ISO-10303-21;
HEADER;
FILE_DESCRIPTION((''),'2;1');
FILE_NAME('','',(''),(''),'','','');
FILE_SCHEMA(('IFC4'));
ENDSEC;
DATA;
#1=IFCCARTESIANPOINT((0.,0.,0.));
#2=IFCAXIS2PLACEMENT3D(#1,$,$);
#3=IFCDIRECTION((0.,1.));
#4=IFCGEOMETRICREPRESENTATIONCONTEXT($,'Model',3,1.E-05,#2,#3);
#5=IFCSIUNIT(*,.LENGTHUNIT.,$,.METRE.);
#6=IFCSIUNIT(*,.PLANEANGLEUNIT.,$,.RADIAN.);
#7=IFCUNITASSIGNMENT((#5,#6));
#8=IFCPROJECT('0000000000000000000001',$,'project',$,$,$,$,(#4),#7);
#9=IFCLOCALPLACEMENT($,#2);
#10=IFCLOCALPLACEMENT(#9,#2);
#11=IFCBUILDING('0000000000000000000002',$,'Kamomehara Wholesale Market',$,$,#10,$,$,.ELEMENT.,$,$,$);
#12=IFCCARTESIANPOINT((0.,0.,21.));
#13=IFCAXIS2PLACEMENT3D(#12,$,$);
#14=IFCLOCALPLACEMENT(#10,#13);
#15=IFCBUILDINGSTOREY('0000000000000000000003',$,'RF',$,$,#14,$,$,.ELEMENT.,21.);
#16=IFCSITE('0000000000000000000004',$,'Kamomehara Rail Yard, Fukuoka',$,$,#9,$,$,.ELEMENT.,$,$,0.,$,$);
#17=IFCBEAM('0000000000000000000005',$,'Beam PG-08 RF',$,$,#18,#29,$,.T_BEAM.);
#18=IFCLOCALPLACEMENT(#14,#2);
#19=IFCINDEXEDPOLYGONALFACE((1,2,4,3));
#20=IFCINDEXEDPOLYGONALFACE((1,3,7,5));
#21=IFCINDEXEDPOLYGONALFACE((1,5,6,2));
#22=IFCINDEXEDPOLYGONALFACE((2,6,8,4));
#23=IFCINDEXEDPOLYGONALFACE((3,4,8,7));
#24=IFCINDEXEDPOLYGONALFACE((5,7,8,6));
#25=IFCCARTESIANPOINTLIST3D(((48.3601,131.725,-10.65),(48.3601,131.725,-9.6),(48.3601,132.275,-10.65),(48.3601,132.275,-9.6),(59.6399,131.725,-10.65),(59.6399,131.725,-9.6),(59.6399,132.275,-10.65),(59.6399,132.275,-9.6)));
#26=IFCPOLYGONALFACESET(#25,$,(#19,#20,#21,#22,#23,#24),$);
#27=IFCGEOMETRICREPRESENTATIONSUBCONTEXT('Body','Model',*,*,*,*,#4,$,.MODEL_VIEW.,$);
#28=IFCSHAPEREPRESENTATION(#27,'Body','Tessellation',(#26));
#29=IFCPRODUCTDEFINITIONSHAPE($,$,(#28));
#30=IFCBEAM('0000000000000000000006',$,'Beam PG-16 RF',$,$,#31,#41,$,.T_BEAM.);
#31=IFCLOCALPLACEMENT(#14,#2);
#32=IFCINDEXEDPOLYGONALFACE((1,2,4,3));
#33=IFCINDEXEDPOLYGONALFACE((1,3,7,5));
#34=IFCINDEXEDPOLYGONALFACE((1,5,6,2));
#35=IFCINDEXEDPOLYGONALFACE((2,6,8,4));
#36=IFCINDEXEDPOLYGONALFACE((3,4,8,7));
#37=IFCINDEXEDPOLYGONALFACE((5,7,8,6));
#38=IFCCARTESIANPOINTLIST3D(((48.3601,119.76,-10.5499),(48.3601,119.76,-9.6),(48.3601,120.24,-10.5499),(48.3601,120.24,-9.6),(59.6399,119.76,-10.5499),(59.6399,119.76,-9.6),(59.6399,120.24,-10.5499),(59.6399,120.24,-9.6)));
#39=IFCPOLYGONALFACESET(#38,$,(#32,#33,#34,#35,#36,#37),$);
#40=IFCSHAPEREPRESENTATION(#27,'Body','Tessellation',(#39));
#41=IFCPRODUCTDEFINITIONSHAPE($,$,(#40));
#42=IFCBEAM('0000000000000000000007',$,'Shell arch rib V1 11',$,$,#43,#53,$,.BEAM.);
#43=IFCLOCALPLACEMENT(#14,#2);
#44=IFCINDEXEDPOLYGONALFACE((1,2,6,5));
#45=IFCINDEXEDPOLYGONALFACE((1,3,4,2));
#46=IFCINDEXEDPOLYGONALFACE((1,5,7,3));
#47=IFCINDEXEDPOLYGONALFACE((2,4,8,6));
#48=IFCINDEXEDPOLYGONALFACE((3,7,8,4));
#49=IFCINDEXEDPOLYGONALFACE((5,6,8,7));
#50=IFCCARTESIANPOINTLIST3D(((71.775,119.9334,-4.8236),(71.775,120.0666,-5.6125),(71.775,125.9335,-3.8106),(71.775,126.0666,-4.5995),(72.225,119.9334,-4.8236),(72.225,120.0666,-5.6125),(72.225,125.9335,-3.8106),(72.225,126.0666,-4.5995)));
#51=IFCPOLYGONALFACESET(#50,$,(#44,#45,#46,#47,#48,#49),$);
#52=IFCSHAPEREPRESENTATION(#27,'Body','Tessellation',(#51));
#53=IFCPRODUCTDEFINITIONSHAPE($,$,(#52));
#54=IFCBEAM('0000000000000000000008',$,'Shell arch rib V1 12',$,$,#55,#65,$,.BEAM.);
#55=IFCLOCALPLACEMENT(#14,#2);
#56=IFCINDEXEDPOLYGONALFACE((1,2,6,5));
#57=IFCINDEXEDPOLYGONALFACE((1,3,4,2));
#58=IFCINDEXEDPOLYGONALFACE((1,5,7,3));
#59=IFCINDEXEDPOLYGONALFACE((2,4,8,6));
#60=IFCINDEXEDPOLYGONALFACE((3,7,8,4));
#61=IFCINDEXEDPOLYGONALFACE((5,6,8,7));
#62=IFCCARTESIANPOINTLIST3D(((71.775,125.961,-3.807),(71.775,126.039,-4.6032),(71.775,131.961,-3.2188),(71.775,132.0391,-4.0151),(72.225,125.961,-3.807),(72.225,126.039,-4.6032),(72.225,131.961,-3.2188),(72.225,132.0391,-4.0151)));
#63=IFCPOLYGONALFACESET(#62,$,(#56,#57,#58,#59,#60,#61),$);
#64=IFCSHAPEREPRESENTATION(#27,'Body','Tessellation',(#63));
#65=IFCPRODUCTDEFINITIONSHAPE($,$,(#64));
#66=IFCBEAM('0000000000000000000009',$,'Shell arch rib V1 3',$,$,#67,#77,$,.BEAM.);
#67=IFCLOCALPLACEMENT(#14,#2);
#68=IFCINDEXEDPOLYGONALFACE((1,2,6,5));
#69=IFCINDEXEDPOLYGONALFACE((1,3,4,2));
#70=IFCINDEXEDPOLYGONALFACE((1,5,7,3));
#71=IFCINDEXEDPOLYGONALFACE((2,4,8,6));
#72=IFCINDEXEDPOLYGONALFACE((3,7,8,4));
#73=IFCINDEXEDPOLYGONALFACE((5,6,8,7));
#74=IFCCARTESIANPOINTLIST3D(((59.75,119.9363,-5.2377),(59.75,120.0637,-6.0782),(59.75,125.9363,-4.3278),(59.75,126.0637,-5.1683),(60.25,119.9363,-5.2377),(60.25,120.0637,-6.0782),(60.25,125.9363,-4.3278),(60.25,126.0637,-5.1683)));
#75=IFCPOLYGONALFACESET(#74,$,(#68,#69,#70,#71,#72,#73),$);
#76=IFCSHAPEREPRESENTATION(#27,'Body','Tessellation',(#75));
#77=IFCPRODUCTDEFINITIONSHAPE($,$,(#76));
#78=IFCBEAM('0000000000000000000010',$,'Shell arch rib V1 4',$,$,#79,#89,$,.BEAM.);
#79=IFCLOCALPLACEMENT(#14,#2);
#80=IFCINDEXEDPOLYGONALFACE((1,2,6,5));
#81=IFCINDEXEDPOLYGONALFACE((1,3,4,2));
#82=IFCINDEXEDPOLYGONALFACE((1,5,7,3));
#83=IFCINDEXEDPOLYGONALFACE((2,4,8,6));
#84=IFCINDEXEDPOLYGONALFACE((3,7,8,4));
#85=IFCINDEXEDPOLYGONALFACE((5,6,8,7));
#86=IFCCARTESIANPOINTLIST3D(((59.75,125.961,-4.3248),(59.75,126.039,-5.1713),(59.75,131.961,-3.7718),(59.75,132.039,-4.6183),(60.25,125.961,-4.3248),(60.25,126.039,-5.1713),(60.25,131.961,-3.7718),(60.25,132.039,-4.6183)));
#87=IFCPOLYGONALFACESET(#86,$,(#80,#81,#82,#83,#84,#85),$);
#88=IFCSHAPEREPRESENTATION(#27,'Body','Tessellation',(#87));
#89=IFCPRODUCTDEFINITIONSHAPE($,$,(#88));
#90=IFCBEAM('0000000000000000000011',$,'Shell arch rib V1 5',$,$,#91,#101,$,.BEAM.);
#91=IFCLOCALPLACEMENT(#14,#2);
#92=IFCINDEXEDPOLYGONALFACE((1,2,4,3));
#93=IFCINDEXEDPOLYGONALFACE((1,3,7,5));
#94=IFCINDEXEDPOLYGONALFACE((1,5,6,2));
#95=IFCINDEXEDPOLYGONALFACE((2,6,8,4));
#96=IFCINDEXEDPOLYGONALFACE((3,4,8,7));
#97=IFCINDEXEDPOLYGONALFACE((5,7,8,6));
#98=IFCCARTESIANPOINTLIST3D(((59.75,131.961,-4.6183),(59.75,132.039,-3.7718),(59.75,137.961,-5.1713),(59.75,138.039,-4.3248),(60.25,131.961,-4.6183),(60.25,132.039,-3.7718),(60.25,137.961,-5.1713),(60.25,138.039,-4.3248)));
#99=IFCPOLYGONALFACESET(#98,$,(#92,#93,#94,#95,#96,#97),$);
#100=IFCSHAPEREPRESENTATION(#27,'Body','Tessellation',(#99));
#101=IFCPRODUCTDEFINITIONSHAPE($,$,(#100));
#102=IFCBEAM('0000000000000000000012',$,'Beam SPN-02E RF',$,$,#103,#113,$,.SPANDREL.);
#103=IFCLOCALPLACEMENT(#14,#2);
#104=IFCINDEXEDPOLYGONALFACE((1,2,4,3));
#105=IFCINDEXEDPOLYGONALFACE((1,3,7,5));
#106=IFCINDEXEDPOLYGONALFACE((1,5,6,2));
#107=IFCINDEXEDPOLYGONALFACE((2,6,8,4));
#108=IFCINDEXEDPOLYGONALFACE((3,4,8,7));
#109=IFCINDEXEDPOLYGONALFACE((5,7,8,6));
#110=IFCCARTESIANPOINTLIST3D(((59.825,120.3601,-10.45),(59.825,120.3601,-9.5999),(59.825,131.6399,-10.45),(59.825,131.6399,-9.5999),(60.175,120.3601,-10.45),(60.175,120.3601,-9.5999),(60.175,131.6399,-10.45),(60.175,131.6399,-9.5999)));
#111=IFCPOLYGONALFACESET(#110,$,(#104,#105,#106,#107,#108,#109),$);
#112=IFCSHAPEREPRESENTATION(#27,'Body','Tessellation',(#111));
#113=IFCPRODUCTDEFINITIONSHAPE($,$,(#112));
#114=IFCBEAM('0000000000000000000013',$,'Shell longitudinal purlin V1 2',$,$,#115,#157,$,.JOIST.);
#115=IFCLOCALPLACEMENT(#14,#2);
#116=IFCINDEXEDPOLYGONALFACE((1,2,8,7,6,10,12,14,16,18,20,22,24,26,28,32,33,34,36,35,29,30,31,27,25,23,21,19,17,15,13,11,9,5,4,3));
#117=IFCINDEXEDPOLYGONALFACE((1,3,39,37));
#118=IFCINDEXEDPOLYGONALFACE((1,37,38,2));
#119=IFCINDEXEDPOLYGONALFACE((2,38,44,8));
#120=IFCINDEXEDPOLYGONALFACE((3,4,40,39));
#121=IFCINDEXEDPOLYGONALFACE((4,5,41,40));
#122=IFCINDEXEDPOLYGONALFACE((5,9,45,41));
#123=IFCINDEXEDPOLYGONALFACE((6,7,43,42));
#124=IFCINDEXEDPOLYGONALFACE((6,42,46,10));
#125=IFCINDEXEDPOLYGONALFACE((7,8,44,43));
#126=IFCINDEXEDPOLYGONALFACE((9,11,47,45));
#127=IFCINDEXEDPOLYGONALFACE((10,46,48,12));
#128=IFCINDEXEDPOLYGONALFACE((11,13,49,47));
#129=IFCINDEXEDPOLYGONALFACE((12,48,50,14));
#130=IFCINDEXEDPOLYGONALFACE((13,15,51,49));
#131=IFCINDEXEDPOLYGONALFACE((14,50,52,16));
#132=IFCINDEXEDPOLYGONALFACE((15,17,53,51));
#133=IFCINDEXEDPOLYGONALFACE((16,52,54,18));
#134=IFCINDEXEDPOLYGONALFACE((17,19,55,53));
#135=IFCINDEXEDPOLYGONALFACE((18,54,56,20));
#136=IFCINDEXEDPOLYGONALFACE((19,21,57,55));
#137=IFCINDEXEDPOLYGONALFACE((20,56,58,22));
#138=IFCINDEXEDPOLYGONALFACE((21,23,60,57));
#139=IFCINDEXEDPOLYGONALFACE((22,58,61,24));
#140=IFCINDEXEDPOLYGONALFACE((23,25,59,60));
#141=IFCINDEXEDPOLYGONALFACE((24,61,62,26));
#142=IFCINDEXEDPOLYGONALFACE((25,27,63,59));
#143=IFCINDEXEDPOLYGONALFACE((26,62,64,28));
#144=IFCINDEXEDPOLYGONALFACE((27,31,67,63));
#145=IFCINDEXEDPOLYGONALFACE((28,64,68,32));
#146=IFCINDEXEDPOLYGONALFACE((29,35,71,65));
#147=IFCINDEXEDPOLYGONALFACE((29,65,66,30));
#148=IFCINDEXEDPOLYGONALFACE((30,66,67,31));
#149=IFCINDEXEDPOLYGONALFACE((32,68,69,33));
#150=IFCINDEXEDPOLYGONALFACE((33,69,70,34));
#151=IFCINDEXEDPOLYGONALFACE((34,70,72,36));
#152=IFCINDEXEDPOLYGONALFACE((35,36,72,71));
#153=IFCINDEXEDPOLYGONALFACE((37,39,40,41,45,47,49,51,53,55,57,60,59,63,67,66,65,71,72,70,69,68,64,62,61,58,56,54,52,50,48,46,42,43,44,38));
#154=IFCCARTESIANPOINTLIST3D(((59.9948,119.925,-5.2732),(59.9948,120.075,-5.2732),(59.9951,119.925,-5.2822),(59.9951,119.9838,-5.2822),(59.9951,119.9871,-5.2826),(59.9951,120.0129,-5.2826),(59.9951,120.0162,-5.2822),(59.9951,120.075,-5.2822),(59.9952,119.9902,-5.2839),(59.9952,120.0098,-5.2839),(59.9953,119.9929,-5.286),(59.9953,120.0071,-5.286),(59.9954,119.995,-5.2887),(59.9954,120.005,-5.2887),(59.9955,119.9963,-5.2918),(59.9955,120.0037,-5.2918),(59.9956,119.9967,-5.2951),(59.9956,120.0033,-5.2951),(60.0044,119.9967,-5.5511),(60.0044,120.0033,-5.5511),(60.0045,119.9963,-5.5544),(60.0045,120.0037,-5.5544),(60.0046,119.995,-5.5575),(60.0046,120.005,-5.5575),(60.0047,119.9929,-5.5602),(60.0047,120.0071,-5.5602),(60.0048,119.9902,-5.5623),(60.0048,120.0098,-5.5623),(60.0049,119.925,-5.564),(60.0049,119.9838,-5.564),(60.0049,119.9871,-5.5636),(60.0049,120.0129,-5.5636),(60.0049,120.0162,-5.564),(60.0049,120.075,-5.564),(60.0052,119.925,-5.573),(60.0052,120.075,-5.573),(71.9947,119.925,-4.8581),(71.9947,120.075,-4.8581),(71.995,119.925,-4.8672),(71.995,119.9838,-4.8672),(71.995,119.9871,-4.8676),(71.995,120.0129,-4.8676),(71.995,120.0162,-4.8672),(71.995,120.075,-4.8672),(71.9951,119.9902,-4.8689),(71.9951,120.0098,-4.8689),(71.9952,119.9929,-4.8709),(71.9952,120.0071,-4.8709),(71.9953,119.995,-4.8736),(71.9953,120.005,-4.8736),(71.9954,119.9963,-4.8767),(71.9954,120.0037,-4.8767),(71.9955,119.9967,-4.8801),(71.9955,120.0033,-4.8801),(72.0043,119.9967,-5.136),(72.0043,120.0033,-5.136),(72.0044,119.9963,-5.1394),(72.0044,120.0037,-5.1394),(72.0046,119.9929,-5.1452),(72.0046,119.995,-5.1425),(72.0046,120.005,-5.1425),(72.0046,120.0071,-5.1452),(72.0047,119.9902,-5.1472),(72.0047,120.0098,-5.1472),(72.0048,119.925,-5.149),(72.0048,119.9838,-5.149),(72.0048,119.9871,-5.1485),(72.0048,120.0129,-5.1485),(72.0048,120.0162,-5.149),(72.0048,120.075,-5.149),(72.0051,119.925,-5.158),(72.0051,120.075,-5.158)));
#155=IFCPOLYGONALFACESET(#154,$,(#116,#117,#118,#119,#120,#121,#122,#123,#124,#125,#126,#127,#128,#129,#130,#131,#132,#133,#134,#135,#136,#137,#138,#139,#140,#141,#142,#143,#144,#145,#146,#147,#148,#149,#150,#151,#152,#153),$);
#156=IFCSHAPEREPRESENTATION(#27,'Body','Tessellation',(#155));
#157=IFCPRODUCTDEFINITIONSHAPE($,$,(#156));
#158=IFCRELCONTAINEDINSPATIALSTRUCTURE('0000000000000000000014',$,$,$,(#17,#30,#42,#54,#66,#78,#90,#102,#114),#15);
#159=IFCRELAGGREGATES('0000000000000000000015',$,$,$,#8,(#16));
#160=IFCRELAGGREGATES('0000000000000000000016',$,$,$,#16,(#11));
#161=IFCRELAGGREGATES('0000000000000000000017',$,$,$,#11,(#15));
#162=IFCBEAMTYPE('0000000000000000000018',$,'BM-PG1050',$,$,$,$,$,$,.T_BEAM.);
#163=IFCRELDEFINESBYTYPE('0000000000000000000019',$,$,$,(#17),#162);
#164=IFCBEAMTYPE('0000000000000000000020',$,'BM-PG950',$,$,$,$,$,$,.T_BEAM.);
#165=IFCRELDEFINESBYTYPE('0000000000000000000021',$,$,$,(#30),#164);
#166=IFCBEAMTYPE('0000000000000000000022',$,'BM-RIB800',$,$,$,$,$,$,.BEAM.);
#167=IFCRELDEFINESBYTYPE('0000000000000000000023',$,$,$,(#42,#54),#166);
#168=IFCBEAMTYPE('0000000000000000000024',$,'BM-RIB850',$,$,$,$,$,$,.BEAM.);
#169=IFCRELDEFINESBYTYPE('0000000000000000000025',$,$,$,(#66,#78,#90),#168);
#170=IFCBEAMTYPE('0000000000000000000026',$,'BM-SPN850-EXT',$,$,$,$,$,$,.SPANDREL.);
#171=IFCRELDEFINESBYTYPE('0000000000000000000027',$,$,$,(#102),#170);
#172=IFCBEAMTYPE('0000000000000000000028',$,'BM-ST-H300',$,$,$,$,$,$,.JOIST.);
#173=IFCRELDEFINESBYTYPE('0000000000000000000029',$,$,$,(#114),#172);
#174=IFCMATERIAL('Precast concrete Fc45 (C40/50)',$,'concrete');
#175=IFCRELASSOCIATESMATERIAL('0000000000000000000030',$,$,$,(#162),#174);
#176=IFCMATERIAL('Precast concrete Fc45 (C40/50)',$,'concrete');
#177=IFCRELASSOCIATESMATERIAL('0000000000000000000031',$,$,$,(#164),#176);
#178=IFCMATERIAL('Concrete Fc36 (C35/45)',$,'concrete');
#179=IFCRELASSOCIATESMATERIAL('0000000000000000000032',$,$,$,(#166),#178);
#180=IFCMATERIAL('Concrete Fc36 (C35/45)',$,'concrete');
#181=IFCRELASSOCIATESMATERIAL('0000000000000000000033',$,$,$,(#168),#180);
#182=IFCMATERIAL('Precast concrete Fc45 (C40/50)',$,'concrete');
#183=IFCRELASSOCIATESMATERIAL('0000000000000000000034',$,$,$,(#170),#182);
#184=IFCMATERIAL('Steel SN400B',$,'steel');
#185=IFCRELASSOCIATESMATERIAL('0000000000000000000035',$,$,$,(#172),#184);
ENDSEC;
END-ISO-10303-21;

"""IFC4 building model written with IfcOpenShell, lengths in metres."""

from ifc_helpers import new_model, si_unit, direction, frame, origin, origin_2d, place, context, subcontext, project, spatial, rectangle, i_section, extrude, material, material_profile, profile_set, type_object, element, save


model = new_model("IFC4")

# Units and contexts
model_context = context("Model", 3, precision=1e-05, world=origin(), true_north=direction((0.0, 1.0)))
body_context = subcontext(model_context, "Body", "Model", "MODEL_VIEW")
ifc_project = project(units=[si_unit("LENGTHUNIT", "METRE"), si_unit("PLANEANGLEUNIT", "RADIAN")], contexts=[model_context])

# Site, building, storey
site_placement = place(None, origin())
site = spatial("IfcSite", under=ifc_project, at=site_placement, Name="Kamomehara Rail Yard, Fukuoka", CompositionType="ELEMENT", RefElevation=0.0)
building_placement = place(site_placement, origin())
building = spatial("IfcBuilding", under=site, at=building_placement, Name="Kamomehara Wholesale Market", CompositionType="ELEMENT")
storey_placement = place(building_placement, frame((0.0, 0.0, 21.0)))
storey = spatial("IfcBuildingStorey", under=building, at=storey_placement, Name="RF", CompositionType="ELEMENT", Elevation=21.0)

# Beams
ifc_material_1 = material(Name="Precast concrete Fc45 (C40/50)", Category="concrete")
ifc_material_profile_1 = material_profile(ifc_material_1, rectangle(XDim=0.55, YDim=1.05, at=origin_2d()), Name="PC-GRD-550x1050")
ifc_profile_set_1 = profile_set([ifc_material_profile_1], Name="Precast concrete Fc45 (C40/50)")
beam_type_1 = type_object("IfcBeamType", Name="BM-PG1050", PredefinedType="T_BEAM", material=ifc_profile_set_1)
beam_1_placement = place(storey_placement, frame((48.3601, 132.0, -10.125), z_axis=(1.0, 0.0, 0.0), x_axis=(0.0, 1.0, 0.0)))
element("IfcBeam", 1, at=beam_1_placement, inside=storey, type_object=beam_type_1, Name="Beam PG-08 RF", PredefinedType="T_BEAM", context=body_context, shape_type="SweptSolid", body=[
    extrude(rectangle(XDim=0.55, YDim=1.05, at=origin_2d()), origin(), (0.0, 0.0, 1.0), 11.2798),
])
ifc_material_2 = material(Name="Precast concrete Fc45 (C40/50)", Category="concrete")
ifc_material_profile_2 = material_profile(ifc_material_2, rectangle(XDim=0.48, YDim=0.95, at=origin_2d()), Name="PC-GRD-480x950")
ifc_profile_set_2 = profile_set([ifc_material_profile_2], Name="Precast concrete Fc45 (C40/50)")
beam_type_2 = type_object("IfcBeamType", Name="BM-PG950", PredefinedType="T_BEAM", material=ifc_profile_set_2)
beam_2_placement = place(storey_placement, frame((48.3601, 120.0, -10.075), z_axis=(1.0, 0.0, 0.0), x_axis=(0.0, 1.0, 0.0)))
element("IfcBeam", 2, at=beam_2_placement, inside=storey, type_object=beam_type_2, Name="Beam PG-16 RF", PredefinedType="T_BEAM", context=body_context, shape_type="SweptSolid", body=[
    extrude(rectangle(XDim=0.48, YDim=0.95, at=origin_2d()), origin(), (0.0, 0.0, 1.0), 11.2798),
])
ifc_material_3 = material(Name="Concrete Fc36 (C35/45)", Category="concrete")
ifc_material_profile_3 = material_profile(ifc_material_3, rectangle(XDim=0.45, YDim=0.8, at=origin_2d()), Name="RC-RIB-450x800")
ifc_profile_set_3 = profile_set([ifc_material_profile_3], Name="Concrete Fc36 (C35/45)")
beam_type_3 = type_object("IfcBeamType", Name="BM-RIB800", PredefinedType="BEAM", material=ifc_profile_set_3)
beam_3_placement = place(storey_placement, frame((72.0, 120.0, -5.218), z_axis=(0.0, 0.986047, 0.166468), x_axis=(-1.0, 0.0, 0.0)))
element("IfcBeam", 3, at=beam_3_placement, inside=storey, type_object=beam_type_3, Name="Shell arch rib V1 11", PredefinedType="BEAM", context=body_context, shape_type="SweptSolid", body=[
    extrude(rectangle(XDim=0.45, YDim=0.8, at=origin_2d()), origin(), (0.0, 0.0, 1.0), 6.085),
])
beam_4_placement = place(storey_placement, frame((72.0, 126.0, -4.2051), z_axis=(0.0, 0.99523, 0.097555), x_axis=(-1.0, 0.0, 0.0)))
element("IfcBeam", 4, at=beam_4_placement, inside=storey, type_object=beam_type_3, Name="Shell arch rib V1 12", PredefinedType="BEAM", context=body_context, shape_type="SweptSolid", body=[
    extrude(rectangle(XDim=0.45, YDim=0.8, at=origin_2d()), origin(), (0.0, 0.0, 1.0), 6.0288),
])
ifc_material_4 = material(Name="Concrete Fc36 (C35/45)", Category="concrete")
ifc_material_profile_4 = material_profile(ifc_material_4, rectangle(XDim=0.5, YDim=0.8501, at=origin_2d()), Name="RC-RIB-500x850")
ifc_profile_set_4 = profile_set([ifc_material_profile_4], Name="Concrete Fc36 (C35/45)")
beam_type_4 = type_object("IfcBeamType", Name="BM-RIB850", PredefinedType="BEAM", material=ifc_profile_set_4)
beam_5_placement = place(storey_placement, frame((60.0, 120.0, -5.658), z_axis=(0.0, 0.988695, 0.149938), x_axis=(-1.0, 0.0, 0.0)))
element("IfcBeam", 5, at=beam_5_placement, inside=storey, type_object=beam_type_4, Name="Shell arch rib V1 3", PredefinedType="BEAM", context=body_context, shape_type="SweptSolid", body=[
    extrude(rectangle(XDim=0.5, YDim=0.8501, at=origin_2d()), origin(), (0.0, 0.0, 1.0), 6.0686),
])
for number, where, z_axis, x_axis, name in (
    (6, (60.0, 126.0, -4.748), (0.0, 0.99578, 0.091774), (-1.0, 0.0, 0.0), "Shell arch rib V1 4"),
    (7, (60.0, 132.0, -4.1951), (0.0, 0.99578, -0.091774), (-1.0, 0.0, 0.0), "Shell arch rib V1 5"),
):
    element("IfcBeam", number, at=place(storey_placement, frame(where, z_axis=z_axis, x_axis=x_axis)), inside=storey, type_object=beam_type_4, Name=name, PredefinedType="BEAM", context=body_context, shape_type="SweptSolid", body=[
        extrude(rectangle(XDim=0.5, YDim=0.8501, at=origin_2d()), origin(), (0.0, 0.0, 1.0), 6.0254),
    ])
ifc_material_5 = material(Name="Precast concrete Fc45 (C40/50)", Category="concrete")
ifc_material_profile_5 = material_profile(ifc_material_5, rectangle(XDim=0.3501, YDim=0.8501, at=origin_2d()), Name="PC-SPN-350x850")
ifc_profile_set_5 = profile_set([ifc_material_profile_5], Name="Precast concrete Fc45 (C40/50)")
beam_type_5 = type_object("IfcBeamType", Name="BM-SPN850-EXT", PredefinedType="SPANDREL", material=ifc_profile_set_5)
beam_6_placement = place(storey_placement, frame((60.0, 120.3601, -10.0249), z_axis=(0.0, 1.0, 0.0), x_axis=(-1.0, 0.0, 0.0)))
element("IfcBeam", 8, at=beam_6_placement, inside=storey, type_object=beam_type_5, Name="Beam SPN-02E RF", PredefinedType="SPANDREL", context=body_context, shape_type="SweptSolid", body=[
    extrude(rectangle(XDim=0.3501, YDim=0.8501, at=origin_2d()), origin(), (0.0, 0.0, 1.0), 11.2798),
])
ifc_material_6 = material(Name="Steel SN400B", Category="steel")
ifc_material_profile_6 = material_profile(ifc_material_6, i_section(OverallWidth=0.1499, OverallDepth=0.3, WebThickness=0.0066, FlangeThickness=0.009, FilletRadius=0.0129, at=origin_2d()), Name="H-300x150x6.5x9")
ifc_profile_set_6 = profile_set([ifc_material_profile_6], Name="Steel SN400B")
beam_type_6 = type_object("IfcBeamType", Name="BM-ST-H300", PredefinedType="JOIST", material=ifc_profile_set_6)
beam_7_placement = place(storey_placement, frame((60.0, 120.0, -5.4231), z_axis=(0.999402, 0.0, 0.034566), x_axis=(0.0, 1.0, 0.0)))
element("IfcBeam", 9, at=beam_7_placement, inside=storey, type_object=beam_type_6, Name="Shell longitudinal purlin V1 2", PredefinedType="JOIST", context=body_context, shape_type="SweptSolid", body=[
    extrude(i_section(OverallWidth=0.1499, OverallDepth=0.3, WebThickness=0.0066, FlangeThickness=0.009, FilletRadius=0.0129, at=origin_2d()), origin(), (0.0, 0.0, 1.0), 12.0071),
])

save(model, "model.ifc")
